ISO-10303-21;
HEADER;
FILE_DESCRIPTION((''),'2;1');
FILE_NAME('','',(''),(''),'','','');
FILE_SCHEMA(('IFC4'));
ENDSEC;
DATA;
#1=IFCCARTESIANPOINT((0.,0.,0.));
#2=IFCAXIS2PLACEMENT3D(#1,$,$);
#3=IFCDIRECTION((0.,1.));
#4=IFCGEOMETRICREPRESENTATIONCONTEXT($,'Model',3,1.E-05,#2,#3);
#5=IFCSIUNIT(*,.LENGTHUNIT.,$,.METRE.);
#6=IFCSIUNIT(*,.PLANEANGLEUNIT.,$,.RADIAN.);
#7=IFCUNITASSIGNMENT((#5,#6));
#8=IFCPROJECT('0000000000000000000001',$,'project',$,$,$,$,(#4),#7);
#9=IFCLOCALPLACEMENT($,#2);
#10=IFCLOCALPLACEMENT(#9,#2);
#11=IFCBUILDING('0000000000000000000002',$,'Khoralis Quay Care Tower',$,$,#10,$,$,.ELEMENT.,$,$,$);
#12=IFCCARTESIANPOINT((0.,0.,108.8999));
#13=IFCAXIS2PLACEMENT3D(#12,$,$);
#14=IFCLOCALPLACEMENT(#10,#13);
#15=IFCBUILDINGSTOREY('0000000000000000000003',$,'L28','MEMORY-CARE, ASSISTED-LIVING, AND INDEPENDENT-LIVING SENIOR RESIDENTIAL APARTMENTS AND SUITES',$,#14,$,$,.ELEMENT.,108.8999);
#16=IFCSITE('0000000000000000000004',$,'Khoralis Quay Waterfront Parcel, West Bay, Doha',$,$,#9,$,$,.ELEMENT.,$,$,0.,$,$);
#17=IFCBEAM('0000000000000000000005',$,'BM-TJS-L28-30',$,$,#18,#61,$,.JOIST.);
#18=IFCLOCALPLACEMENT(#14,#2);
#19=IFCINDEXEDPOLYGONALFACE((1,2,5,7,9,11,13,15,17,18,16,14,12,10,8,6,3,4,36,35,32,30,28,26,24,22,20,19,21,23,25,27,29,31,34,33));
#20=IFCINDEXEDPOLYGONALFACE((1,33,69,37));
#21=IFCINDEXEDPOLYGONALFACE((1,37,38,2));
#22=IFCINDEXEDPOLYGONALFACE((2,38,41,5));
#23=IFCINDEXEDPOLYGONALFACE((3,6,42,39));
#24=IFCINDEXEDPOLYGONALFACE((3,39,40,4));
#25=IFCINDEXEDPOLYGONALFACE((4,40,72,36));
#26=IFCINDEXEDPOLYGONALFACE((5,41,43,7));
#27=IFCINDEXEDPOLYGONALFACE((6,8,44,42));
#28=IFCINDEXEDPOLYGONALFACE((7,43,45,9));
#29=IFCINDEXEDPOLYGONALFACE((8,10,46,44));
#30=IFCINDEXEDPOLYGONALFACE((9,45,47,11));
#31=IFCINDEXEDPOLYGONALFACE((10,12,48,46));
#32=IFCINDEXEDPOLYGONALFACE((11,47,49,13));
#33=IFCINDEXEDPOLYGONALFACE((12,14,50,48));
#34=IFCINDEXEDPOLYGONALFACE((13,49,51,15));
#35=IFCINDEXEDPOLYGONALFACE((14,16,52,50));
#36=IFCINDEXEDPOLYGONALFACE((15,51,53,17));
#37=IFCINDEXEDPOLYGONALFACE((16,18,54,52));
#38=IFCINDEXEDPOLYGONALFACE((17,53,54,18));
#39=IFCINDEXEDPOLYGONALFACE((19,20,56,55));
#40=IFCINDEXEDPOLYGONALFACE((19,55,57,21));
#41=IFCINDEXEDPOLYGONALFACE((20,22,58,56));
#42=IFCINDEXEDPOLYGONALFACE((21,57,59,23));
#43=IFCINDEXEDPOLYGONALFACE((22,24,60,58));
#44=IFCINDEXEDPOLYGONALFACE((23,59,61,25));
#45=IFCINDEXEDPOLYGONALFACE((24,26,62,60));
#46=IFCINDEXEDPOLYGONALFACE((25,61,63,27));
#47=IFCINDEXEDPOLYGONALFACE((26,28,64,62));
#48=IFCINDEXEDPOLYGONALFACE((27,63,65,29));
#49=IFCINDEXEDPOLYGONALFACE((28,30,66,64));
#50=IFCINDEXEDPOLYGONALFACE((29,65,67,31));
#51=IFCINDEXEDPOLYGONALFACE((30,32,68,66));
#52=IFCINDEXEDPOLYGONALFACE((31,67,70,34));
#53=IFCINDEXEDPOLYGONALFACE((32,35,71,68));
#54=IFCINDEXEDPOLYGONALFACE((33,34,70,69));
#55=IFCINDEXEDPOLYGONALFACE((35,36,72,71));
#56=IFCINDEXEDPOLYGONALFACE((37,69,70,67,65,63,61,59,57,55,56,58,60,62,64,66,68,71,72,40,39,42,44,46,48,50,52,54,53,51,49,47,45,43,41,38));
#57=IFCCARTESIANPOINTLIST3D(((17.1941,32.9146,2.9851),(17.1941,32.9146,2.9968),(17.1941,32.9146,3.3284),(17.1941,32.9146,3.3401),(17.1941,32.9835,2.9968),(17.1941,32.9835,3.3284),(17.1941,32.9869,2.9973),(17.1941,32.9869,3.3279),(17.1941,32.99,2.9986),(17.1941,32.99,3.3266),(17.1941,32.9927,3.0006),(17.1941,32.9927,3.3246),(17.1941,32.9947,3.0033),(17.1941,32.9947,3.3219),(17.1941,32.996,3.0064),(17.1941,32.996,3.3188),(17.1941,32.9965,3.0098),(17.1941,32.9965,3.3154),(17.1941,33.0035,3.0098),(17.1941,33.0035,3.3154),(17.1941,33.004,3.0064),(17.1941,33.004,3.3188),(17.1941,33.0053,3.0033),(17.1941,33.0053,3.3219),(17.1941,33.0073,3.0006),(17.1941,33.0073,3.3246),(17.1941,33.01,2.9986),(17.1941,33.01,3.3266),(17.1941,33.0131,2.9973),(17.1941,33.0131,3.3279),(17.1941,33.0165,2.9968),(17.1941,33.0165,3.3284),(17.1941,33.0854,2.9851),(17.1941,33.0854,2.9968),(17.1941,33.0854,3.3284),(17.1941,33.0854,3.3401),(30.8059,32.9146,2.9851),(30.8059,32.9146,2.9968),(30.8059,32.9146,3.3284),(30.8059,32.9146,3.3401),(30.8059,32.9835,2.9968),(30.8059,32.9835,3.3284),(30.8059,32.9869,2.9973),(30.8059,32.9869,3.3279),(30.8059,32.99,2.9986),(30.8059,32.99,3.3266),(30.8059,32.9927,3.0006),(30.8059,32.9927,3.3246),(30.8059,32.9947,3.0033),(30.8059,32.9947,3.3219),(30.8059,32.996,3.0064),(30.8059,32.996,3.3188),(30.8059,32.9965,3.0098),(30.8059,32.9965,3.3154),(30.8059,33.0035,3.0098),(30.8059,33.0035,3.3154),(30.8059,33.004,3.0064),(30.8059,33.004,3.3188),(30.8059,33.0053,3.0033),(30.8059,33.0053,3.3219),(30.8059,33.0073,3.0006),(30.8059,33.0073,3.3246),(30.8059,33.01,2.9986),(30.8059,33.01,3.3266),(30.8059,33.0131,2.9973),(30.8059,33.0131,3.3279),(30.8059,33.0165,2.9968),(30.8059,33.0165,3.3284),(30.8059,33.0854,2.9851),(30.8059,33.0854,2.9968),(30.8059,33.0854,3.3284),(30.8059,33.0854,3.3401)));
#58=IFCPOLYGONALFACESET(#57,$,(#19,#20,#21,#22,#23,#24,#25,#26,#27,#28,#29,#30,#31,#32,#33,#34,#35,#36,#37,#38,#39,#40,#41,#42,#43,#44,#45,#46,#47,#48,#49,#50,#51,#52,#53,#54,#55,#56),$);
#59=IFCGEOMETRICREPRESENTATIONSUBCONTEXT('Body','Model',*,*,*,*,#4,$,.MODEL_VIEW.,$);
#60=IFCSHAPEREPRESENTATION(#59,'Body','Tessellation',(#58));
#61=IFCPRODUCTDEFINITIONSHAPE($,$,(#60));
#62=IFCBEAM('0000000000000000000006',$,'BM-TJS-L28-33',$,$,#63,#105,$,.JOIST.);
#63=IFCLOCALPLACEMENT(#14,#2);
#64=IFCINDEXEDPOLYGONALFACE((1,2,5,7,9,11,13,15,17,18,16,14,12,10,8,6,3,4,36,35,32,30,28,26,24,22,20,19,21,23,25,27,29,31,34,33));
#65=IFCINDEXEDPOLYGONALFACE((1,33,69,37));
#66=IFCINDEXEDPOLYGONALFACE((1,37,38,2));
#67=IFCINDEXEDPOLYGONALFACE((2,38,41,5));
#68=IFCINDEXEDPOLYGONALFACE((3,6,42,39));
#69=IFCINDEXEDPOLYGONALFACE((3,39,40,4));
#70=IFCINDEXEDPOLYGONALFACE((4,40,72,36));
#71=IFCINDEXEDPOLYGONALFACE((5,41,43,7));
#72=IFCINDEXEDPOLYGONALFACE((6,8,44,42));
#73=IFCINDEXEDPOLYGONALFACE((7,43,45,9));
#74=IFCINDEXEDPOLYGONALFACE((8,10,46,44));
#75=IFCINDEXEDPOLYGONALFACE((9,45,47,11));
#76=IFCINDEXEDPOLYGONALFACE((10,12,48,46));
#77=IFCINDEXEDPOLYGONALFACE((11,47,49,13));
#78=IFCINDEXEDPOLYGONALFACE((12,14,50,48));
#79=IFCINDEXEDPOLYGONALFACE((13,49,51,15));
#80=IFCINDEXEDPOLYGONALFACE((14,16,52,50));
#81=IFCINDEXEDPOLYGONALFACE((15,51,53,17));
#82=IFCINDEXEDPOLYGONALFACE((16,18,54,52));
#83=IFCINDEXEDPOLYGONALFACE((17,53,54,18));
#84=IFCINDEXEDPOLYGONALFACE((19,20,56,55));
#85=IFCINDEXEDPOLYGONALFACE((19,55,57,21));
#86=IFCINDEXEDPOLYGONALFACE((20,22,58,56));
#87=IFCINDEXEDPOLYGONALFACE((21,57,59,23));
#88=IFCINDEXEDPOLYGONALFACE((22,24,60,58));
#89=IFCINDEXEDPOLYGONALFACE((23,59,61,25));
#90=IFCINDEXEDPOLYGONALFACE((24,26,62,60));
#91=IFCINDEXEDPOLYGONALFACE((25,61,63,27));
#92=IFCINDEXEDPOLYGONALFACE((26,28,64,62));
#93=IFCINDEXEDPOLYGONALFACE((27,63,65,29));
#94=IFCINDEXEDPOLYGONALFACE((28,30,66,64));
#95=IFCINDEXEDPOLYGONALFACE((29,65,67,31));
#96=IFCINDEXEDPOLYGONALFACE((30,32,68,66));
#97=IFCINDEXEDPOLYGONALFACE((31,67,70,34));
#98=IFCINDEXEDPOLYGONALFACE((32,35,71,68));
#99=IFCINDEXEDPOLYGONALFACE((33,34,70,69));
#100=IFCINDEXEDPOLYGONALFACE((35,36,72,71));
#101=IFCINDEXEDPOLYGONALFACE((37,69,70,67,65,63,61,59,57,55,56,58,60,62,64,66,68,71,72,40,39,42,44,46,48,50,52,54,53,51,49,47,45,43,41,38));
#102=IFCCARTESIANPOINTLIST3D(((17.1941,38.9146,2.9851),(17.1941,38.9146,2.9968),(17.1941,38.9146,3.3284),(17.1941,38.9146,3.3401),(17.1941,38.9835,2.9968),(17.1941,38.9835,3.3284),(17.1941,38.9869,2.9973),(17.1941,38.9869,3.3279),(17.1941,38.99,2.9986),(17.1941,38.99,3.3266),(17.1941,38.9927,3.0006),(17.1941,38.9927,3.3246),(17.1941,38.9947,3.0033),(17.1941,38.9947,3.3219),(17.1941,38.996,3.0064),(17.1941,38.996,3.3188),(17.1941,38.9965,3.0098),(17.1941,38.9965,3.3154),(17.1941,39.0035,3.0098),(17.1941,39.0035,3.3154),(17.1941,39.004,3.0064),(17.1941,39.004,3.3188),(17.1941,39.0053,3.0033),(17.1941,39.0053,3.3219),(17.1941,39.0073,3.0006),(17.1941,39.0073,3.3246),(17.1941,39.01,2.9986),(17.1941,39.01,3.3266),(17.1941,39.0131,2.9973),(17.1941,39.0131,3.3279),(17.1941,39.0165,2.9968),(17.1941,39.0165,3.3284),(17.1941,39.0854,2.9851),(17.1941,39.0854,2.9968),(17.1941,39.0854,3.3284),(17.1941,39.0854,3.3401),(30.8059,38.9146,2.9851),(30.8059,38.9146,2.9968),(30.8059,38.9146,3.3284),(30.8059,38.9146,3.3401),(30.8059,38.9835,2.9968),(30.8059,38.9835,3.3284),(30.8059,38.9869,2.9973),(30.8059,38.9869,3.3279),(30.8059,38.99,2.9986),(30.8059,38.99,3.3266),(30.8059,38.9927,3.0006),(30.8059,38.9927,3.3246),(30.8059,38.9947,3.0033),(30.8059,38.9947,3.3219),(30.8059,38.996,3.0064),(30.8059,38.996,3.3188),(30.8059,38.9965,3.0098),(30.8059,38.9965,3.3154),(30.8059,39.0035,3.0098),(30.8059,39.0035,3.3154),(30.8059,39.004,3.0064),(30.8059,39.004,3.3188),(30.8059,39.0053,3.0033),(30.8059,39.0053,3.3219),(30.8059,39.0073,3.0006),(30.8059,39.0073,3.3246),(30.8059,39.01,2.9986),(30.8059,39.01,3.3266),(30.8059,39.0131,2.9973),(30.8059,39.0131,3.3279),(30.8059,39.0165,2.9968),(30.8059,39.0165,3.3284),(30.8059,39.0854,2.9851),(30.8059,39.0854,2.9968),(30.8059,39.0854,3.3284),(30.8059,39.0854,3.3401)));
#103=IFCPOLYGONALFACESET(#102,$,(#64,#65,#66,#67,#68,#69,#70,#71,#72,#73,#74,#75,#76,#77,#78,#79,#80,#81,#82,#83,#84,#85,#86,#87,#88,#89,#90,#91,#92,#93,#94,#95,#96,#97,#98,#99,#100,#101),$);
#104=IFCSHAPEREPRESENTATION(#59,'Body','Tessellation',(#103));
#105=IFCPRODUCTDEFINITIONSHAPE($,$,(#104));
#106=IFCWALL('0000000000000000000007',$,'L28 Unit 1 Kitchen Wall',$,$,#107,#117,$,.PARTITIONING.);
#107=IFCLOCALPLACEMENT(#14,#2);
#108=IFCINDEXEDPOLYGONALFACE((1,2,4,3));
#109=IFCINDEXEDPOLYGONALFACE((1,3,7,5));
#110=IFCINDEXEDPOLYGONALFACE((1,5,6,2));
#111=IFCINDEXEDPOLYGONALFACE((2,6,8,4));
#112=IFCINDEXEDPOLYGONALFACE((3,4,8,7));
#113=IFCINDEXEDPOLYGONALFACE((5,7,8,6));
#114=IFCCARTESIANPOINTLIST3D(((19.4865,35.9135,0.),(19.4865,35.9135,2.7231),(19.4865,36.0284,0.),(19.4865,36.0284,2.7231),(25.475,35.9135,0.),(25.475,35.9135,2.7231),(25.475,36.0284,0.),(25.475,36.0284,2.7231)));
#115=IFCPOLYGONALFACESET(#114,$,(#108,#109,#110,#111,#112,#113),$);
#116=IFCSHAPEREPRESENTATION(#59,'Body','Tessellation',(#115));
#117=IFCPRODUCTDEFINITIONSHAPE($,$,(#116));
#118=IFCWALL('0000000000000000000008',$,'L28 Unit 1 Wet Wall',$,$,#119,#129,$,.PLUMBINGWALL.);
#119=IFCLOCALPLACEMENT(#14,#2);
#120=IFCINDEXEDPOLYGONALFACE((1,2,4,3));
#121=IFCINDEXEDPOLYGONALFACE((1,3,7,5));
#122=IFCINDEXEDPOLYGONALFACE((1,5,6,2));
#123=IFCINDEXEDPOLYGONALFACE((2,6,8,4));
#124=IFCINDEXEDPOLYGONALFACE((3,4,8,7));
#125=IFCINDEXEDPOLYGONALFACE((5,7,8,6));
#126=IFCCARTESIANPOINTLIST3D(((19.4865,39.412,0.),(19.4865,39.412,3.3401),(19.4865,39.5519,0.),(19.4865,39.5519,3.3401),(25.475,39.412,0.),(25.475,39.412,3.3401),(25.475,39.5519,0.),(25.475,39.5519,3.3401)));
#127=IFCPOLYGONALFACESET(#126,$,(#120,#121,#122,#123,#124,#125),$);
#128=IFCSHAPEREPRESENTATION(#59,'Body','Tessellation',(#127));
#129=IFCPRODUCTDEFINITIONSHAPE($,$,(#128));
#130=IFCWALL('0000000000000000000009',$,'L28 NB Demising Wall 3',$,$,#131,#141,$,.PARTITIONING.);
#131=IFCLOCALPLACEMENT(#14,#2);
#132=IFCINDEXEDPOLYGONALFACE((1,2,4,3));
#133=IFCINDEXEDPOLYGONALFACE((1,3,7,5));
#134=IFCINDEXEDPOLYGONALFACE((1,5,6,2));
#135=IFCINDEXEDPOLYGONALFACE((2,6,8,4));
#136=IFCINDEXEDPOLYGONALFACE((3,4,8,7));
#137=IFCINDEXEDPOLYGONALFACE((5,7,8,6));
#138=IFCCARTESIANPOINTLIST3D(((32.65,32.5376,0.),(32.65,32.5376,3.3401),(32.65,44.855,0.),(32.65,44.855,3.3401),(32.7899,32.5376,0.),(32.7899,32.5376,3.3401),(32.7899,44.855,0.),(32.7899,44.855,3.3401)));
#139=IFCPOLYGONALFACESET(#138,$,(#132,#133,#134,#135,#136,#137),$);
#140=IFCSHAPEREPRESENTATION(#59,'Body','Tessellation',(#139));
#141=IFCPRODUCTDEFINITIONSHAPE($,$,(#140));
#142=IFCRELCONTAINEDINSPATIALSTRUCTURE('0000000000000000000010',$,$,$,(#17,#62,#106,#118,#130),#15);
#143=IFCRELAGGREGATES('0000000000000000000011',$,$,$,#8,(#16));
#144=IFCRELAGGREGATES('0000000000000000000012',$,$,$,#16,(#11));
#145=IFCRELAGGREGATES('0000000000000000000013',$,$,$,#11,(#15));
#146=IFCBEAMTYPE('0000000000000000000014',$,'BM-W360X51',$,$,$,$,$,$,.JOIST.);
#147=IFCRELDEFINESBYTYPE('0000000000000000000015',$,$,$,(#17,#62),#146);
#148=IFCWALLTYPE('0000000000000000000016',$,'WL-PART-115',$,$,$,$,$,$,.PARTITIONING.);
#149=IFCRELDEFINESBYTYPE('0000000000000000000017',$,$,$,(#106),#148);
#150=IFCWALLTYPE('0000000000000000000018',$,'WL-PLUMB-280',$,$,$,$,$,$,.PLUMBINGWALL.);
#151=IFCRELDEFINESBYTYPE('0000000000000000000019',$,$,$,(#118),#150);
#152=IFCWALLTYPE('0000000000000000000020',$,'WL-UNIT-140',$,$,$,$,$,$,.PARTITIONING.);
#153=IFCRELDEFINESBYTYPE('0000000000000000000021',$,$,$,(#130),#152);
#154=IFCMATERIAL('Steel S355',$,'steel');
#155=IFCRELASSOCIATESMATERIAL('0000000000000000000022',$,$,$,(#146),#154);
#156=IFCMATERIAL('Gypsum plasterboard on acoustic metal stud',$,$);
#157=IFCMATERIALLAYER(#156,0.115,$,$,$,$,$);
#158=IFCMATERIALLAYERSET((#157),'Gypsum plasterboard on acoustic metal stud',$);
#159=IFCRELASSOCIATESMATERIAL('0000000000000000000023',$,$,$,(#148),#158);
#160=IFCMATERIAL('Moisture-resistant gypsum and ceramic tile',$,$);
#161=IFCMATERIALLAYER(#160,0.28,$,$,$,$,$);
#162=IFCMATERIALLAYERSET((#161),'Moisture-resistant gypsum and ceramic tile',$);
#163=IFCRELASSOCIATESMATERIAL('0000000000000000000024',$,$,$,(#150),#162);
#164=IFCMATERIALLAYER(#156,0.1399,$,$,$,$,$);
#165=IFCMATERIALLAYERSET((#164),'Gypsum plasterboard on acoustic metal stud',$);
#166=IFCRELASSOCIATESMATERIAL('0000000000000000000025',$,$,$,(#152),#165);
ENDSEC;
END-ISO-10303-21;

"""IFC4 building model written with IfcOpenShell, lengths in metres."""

from ifc_helpers import new_model, si_unit, direction, frame, frame_2d, origin, origin_2d, place, context, subcontext, project, spatial, rectangle, i_section, extrude, source, transform, mapped, material, layer, layer_set, material_profile, profile_set, type_object, element, save


model = new_model("IFC4")

# Units and contexts
model_context = context("Model", 3, precision=1e-05, world=origin(), true_north=direction((0.0, 1.0)))
body_context = subcontext(model_context, "Body", "Model", "MODEL_VIEW")
ifc_project = project(units=[si_unit("LENGTHUNIT", "METRE"), si_unit("PLANEANGLEUNIT", "RADIAN")], contexts=[model_context])

# Site, building, storey
site_placement = place(None, origin())
site = spatial("IfcSite", under=ifc_project, at=site_placement, Name="Khoralis Quay Waterfront Parcel, West Bay, Doha", CompositionType="ELEMENT", RefElevation=0.0)
building_placement = place(site_placement, origin())
building = spatial("IfcBuilding", under=site, at=building_placement, Name="Khoralis Quay Care Tower", CompositionType="ELEMENT")
storey_placement = place(building_placement, frame((0.0, 0.0, 108.8999)))
storey = spatial("IfcBuildingStorey", under=building, at=storey_placement, Name="L28", Description="MEMORY-CARE, ASSISTED-LIVING, AND INDEPENDENT-LIVING SENIOR RESIDENTIAL APARTMENTS AND SUITES", CompositionType="ELEMENT", Elevation=108.8999)

# Beams
ifc_material_1 = material(Name="Steel S355", Category="steel")
ifc_material_profile_1 = material_profile(ifc_material_1, i_section(OverallWidth=0.1709, OverallDepth=0.355, WebThickness=0.0071, FlangeThickness=0.0117, FilletRadius=0.0129, at=origin_2d()), Name="Steel S355")
ifc_profile_set_1 = profile_set([ifc_material_profile_1], Name="Steel S355")
beam_type_1 = type_object("IfcBeamType", Name="BM-W360X51", PredefinedType="JOIST", material=ifc_profile_set_1)
shared_shape_1 = source(origin(), body_context, "Body", "SweptSolid", [
    extrude(i_section(OverallWidth=0.1709, OverallDepth=0.355, WebThickness=0.0071, FlangeThickness=0.0117, FilletRadius=0.0129, at=origin_2d()), origin(), (0.0, 0.0, 1.0), 13.6118),
])
for number, where, z_axis, x_axis, name in (
    (1, (17.1941, 33.0, 3.1626), (1.0, 0.0, 0.0), (0.0, 1.0, 0.0), "BM-TJS-L28-30"),
    (2, (17.1941, 39.0, 3.1626), (1.0, 0.0, 0.0), (0.0, 1.0, 0.0), "BM-TJS-L28-33"),
):
    element("IfcBeam", number, at=place(storey_placement, frame(where, z_axis=z_axis, x_axis=x_axis)), inside=storey, type_object=beam_type_1, Name=name, PredefinedType="JOIST", context=body_context, shape_type="MappedRepresentation", body=[
        mapped(shared_shape_1, transform((0.0, 0.0, 0.0), scale=1.0)),
    ])

# Walls
ifc_material_2 = material(Name="Gypsum plasterboard on acoustic metal stud")
ifc_layer_1 = layer(ifc_material_2, 0.115)
ifc_layer_set_1 = layer_set([ifc_layer_1], Name="Gypsum plasterboard on acoustic metal stud")
wall_type_1 = type_object("IfcWallType", Name="WL-PART-115", PredefinedType="PARTITIONING", material=ifc_layer_set_1)
wall_1_placement = place(storey_placement, frame((19.4866, 35.9709, 0.0), z_axis=(0.0, 0.0, 1.0), x_axis=(1.0, 0.0, 0.0)))
element("IfcWall", 3, at=wall_1_placement, inside=storey, type_object=wall_type_1, Name="L28 Unit 1 Kitchen Wall", PredefinedType="PARTITIONING", context=body_context, shape_type="SweptSolid", body=[
    extrude(rectangle(XDim=5.9885, YDim=0.115, at=frame_2d((2.9941, 0.0))), origin(), (0.0, 0.0, 1.0), 2.7231),
])
ifc_material_3 = material(Name="Moisture-resistant gypsum and ceramic tile")
ifc_layer_2 = layer(ifc_material_3, 0.28)
ifc_layer_set_2 = layer_set([ifc_layer_2], Name="Moisture-resistant gypsum and ceramic tile")
wall_type_2 = type_object("IfcWallType", Name="WL-PLUMB-280", PredefinedType="PLUMBINGWALL", material=ifc_layer_set_2)
wall_2_placement = place(storey_placement, frame((19.4866, 39.4819, 0.0), z_axis=(0.0, 0.0, 1.0), x_axis=(1.0, 0.0, 0.0)))
element("IfcWall", 4, at=wall_2_placement, inside=storey, type_object=wall_type_2, Name="L28 Unit 1 Wet Wall", PredefinedType="PLUMBINGWALL", context=body_context, shape_type="SweptSolid", body=[
    extrude(rectangle(XDim=5.9885, YDim=0.1399, at=frame_2d((2.9941, 0.0))), origin(), (0.0, 0.0, 1.0), 3.3401),
])
ifc_layer_3 = layer(ifc_material_2, 0.1399)
ifc_layer_set_3 = layer_set([ifc_layer_3], Name="Gypsum plasterboard on acoustic metal stud")
wall_type_3 = type_object("IfcWallType", Name="WL-UNIT-140", PredefinedType="PARTITIONING", material=ifc_layer_set_3)
wall_3_placement = place(storey_placement, frame((32.72, 32.5376, 0.0), z_axis=(0.0, 0.0, 1.0), x_axis=(0.0, 1.0, 0.0)))
element("IfcWall", 5, at=wall_3_placement, inside=storey, type_object=wall_type_3, Name="L28 NB Demising Wall 3", PredefinedType="PARTITIONING", context=body_context, shape_type="SweptSolid", body=[
    extrude(rectangle(XDim=12.3174, YDim=0.1399, at=frame_2d((6.1587, 0.0))), origin(), (0.0, 0.0, 1.0), 3.3401),
])

save(model, "model.ifc")
